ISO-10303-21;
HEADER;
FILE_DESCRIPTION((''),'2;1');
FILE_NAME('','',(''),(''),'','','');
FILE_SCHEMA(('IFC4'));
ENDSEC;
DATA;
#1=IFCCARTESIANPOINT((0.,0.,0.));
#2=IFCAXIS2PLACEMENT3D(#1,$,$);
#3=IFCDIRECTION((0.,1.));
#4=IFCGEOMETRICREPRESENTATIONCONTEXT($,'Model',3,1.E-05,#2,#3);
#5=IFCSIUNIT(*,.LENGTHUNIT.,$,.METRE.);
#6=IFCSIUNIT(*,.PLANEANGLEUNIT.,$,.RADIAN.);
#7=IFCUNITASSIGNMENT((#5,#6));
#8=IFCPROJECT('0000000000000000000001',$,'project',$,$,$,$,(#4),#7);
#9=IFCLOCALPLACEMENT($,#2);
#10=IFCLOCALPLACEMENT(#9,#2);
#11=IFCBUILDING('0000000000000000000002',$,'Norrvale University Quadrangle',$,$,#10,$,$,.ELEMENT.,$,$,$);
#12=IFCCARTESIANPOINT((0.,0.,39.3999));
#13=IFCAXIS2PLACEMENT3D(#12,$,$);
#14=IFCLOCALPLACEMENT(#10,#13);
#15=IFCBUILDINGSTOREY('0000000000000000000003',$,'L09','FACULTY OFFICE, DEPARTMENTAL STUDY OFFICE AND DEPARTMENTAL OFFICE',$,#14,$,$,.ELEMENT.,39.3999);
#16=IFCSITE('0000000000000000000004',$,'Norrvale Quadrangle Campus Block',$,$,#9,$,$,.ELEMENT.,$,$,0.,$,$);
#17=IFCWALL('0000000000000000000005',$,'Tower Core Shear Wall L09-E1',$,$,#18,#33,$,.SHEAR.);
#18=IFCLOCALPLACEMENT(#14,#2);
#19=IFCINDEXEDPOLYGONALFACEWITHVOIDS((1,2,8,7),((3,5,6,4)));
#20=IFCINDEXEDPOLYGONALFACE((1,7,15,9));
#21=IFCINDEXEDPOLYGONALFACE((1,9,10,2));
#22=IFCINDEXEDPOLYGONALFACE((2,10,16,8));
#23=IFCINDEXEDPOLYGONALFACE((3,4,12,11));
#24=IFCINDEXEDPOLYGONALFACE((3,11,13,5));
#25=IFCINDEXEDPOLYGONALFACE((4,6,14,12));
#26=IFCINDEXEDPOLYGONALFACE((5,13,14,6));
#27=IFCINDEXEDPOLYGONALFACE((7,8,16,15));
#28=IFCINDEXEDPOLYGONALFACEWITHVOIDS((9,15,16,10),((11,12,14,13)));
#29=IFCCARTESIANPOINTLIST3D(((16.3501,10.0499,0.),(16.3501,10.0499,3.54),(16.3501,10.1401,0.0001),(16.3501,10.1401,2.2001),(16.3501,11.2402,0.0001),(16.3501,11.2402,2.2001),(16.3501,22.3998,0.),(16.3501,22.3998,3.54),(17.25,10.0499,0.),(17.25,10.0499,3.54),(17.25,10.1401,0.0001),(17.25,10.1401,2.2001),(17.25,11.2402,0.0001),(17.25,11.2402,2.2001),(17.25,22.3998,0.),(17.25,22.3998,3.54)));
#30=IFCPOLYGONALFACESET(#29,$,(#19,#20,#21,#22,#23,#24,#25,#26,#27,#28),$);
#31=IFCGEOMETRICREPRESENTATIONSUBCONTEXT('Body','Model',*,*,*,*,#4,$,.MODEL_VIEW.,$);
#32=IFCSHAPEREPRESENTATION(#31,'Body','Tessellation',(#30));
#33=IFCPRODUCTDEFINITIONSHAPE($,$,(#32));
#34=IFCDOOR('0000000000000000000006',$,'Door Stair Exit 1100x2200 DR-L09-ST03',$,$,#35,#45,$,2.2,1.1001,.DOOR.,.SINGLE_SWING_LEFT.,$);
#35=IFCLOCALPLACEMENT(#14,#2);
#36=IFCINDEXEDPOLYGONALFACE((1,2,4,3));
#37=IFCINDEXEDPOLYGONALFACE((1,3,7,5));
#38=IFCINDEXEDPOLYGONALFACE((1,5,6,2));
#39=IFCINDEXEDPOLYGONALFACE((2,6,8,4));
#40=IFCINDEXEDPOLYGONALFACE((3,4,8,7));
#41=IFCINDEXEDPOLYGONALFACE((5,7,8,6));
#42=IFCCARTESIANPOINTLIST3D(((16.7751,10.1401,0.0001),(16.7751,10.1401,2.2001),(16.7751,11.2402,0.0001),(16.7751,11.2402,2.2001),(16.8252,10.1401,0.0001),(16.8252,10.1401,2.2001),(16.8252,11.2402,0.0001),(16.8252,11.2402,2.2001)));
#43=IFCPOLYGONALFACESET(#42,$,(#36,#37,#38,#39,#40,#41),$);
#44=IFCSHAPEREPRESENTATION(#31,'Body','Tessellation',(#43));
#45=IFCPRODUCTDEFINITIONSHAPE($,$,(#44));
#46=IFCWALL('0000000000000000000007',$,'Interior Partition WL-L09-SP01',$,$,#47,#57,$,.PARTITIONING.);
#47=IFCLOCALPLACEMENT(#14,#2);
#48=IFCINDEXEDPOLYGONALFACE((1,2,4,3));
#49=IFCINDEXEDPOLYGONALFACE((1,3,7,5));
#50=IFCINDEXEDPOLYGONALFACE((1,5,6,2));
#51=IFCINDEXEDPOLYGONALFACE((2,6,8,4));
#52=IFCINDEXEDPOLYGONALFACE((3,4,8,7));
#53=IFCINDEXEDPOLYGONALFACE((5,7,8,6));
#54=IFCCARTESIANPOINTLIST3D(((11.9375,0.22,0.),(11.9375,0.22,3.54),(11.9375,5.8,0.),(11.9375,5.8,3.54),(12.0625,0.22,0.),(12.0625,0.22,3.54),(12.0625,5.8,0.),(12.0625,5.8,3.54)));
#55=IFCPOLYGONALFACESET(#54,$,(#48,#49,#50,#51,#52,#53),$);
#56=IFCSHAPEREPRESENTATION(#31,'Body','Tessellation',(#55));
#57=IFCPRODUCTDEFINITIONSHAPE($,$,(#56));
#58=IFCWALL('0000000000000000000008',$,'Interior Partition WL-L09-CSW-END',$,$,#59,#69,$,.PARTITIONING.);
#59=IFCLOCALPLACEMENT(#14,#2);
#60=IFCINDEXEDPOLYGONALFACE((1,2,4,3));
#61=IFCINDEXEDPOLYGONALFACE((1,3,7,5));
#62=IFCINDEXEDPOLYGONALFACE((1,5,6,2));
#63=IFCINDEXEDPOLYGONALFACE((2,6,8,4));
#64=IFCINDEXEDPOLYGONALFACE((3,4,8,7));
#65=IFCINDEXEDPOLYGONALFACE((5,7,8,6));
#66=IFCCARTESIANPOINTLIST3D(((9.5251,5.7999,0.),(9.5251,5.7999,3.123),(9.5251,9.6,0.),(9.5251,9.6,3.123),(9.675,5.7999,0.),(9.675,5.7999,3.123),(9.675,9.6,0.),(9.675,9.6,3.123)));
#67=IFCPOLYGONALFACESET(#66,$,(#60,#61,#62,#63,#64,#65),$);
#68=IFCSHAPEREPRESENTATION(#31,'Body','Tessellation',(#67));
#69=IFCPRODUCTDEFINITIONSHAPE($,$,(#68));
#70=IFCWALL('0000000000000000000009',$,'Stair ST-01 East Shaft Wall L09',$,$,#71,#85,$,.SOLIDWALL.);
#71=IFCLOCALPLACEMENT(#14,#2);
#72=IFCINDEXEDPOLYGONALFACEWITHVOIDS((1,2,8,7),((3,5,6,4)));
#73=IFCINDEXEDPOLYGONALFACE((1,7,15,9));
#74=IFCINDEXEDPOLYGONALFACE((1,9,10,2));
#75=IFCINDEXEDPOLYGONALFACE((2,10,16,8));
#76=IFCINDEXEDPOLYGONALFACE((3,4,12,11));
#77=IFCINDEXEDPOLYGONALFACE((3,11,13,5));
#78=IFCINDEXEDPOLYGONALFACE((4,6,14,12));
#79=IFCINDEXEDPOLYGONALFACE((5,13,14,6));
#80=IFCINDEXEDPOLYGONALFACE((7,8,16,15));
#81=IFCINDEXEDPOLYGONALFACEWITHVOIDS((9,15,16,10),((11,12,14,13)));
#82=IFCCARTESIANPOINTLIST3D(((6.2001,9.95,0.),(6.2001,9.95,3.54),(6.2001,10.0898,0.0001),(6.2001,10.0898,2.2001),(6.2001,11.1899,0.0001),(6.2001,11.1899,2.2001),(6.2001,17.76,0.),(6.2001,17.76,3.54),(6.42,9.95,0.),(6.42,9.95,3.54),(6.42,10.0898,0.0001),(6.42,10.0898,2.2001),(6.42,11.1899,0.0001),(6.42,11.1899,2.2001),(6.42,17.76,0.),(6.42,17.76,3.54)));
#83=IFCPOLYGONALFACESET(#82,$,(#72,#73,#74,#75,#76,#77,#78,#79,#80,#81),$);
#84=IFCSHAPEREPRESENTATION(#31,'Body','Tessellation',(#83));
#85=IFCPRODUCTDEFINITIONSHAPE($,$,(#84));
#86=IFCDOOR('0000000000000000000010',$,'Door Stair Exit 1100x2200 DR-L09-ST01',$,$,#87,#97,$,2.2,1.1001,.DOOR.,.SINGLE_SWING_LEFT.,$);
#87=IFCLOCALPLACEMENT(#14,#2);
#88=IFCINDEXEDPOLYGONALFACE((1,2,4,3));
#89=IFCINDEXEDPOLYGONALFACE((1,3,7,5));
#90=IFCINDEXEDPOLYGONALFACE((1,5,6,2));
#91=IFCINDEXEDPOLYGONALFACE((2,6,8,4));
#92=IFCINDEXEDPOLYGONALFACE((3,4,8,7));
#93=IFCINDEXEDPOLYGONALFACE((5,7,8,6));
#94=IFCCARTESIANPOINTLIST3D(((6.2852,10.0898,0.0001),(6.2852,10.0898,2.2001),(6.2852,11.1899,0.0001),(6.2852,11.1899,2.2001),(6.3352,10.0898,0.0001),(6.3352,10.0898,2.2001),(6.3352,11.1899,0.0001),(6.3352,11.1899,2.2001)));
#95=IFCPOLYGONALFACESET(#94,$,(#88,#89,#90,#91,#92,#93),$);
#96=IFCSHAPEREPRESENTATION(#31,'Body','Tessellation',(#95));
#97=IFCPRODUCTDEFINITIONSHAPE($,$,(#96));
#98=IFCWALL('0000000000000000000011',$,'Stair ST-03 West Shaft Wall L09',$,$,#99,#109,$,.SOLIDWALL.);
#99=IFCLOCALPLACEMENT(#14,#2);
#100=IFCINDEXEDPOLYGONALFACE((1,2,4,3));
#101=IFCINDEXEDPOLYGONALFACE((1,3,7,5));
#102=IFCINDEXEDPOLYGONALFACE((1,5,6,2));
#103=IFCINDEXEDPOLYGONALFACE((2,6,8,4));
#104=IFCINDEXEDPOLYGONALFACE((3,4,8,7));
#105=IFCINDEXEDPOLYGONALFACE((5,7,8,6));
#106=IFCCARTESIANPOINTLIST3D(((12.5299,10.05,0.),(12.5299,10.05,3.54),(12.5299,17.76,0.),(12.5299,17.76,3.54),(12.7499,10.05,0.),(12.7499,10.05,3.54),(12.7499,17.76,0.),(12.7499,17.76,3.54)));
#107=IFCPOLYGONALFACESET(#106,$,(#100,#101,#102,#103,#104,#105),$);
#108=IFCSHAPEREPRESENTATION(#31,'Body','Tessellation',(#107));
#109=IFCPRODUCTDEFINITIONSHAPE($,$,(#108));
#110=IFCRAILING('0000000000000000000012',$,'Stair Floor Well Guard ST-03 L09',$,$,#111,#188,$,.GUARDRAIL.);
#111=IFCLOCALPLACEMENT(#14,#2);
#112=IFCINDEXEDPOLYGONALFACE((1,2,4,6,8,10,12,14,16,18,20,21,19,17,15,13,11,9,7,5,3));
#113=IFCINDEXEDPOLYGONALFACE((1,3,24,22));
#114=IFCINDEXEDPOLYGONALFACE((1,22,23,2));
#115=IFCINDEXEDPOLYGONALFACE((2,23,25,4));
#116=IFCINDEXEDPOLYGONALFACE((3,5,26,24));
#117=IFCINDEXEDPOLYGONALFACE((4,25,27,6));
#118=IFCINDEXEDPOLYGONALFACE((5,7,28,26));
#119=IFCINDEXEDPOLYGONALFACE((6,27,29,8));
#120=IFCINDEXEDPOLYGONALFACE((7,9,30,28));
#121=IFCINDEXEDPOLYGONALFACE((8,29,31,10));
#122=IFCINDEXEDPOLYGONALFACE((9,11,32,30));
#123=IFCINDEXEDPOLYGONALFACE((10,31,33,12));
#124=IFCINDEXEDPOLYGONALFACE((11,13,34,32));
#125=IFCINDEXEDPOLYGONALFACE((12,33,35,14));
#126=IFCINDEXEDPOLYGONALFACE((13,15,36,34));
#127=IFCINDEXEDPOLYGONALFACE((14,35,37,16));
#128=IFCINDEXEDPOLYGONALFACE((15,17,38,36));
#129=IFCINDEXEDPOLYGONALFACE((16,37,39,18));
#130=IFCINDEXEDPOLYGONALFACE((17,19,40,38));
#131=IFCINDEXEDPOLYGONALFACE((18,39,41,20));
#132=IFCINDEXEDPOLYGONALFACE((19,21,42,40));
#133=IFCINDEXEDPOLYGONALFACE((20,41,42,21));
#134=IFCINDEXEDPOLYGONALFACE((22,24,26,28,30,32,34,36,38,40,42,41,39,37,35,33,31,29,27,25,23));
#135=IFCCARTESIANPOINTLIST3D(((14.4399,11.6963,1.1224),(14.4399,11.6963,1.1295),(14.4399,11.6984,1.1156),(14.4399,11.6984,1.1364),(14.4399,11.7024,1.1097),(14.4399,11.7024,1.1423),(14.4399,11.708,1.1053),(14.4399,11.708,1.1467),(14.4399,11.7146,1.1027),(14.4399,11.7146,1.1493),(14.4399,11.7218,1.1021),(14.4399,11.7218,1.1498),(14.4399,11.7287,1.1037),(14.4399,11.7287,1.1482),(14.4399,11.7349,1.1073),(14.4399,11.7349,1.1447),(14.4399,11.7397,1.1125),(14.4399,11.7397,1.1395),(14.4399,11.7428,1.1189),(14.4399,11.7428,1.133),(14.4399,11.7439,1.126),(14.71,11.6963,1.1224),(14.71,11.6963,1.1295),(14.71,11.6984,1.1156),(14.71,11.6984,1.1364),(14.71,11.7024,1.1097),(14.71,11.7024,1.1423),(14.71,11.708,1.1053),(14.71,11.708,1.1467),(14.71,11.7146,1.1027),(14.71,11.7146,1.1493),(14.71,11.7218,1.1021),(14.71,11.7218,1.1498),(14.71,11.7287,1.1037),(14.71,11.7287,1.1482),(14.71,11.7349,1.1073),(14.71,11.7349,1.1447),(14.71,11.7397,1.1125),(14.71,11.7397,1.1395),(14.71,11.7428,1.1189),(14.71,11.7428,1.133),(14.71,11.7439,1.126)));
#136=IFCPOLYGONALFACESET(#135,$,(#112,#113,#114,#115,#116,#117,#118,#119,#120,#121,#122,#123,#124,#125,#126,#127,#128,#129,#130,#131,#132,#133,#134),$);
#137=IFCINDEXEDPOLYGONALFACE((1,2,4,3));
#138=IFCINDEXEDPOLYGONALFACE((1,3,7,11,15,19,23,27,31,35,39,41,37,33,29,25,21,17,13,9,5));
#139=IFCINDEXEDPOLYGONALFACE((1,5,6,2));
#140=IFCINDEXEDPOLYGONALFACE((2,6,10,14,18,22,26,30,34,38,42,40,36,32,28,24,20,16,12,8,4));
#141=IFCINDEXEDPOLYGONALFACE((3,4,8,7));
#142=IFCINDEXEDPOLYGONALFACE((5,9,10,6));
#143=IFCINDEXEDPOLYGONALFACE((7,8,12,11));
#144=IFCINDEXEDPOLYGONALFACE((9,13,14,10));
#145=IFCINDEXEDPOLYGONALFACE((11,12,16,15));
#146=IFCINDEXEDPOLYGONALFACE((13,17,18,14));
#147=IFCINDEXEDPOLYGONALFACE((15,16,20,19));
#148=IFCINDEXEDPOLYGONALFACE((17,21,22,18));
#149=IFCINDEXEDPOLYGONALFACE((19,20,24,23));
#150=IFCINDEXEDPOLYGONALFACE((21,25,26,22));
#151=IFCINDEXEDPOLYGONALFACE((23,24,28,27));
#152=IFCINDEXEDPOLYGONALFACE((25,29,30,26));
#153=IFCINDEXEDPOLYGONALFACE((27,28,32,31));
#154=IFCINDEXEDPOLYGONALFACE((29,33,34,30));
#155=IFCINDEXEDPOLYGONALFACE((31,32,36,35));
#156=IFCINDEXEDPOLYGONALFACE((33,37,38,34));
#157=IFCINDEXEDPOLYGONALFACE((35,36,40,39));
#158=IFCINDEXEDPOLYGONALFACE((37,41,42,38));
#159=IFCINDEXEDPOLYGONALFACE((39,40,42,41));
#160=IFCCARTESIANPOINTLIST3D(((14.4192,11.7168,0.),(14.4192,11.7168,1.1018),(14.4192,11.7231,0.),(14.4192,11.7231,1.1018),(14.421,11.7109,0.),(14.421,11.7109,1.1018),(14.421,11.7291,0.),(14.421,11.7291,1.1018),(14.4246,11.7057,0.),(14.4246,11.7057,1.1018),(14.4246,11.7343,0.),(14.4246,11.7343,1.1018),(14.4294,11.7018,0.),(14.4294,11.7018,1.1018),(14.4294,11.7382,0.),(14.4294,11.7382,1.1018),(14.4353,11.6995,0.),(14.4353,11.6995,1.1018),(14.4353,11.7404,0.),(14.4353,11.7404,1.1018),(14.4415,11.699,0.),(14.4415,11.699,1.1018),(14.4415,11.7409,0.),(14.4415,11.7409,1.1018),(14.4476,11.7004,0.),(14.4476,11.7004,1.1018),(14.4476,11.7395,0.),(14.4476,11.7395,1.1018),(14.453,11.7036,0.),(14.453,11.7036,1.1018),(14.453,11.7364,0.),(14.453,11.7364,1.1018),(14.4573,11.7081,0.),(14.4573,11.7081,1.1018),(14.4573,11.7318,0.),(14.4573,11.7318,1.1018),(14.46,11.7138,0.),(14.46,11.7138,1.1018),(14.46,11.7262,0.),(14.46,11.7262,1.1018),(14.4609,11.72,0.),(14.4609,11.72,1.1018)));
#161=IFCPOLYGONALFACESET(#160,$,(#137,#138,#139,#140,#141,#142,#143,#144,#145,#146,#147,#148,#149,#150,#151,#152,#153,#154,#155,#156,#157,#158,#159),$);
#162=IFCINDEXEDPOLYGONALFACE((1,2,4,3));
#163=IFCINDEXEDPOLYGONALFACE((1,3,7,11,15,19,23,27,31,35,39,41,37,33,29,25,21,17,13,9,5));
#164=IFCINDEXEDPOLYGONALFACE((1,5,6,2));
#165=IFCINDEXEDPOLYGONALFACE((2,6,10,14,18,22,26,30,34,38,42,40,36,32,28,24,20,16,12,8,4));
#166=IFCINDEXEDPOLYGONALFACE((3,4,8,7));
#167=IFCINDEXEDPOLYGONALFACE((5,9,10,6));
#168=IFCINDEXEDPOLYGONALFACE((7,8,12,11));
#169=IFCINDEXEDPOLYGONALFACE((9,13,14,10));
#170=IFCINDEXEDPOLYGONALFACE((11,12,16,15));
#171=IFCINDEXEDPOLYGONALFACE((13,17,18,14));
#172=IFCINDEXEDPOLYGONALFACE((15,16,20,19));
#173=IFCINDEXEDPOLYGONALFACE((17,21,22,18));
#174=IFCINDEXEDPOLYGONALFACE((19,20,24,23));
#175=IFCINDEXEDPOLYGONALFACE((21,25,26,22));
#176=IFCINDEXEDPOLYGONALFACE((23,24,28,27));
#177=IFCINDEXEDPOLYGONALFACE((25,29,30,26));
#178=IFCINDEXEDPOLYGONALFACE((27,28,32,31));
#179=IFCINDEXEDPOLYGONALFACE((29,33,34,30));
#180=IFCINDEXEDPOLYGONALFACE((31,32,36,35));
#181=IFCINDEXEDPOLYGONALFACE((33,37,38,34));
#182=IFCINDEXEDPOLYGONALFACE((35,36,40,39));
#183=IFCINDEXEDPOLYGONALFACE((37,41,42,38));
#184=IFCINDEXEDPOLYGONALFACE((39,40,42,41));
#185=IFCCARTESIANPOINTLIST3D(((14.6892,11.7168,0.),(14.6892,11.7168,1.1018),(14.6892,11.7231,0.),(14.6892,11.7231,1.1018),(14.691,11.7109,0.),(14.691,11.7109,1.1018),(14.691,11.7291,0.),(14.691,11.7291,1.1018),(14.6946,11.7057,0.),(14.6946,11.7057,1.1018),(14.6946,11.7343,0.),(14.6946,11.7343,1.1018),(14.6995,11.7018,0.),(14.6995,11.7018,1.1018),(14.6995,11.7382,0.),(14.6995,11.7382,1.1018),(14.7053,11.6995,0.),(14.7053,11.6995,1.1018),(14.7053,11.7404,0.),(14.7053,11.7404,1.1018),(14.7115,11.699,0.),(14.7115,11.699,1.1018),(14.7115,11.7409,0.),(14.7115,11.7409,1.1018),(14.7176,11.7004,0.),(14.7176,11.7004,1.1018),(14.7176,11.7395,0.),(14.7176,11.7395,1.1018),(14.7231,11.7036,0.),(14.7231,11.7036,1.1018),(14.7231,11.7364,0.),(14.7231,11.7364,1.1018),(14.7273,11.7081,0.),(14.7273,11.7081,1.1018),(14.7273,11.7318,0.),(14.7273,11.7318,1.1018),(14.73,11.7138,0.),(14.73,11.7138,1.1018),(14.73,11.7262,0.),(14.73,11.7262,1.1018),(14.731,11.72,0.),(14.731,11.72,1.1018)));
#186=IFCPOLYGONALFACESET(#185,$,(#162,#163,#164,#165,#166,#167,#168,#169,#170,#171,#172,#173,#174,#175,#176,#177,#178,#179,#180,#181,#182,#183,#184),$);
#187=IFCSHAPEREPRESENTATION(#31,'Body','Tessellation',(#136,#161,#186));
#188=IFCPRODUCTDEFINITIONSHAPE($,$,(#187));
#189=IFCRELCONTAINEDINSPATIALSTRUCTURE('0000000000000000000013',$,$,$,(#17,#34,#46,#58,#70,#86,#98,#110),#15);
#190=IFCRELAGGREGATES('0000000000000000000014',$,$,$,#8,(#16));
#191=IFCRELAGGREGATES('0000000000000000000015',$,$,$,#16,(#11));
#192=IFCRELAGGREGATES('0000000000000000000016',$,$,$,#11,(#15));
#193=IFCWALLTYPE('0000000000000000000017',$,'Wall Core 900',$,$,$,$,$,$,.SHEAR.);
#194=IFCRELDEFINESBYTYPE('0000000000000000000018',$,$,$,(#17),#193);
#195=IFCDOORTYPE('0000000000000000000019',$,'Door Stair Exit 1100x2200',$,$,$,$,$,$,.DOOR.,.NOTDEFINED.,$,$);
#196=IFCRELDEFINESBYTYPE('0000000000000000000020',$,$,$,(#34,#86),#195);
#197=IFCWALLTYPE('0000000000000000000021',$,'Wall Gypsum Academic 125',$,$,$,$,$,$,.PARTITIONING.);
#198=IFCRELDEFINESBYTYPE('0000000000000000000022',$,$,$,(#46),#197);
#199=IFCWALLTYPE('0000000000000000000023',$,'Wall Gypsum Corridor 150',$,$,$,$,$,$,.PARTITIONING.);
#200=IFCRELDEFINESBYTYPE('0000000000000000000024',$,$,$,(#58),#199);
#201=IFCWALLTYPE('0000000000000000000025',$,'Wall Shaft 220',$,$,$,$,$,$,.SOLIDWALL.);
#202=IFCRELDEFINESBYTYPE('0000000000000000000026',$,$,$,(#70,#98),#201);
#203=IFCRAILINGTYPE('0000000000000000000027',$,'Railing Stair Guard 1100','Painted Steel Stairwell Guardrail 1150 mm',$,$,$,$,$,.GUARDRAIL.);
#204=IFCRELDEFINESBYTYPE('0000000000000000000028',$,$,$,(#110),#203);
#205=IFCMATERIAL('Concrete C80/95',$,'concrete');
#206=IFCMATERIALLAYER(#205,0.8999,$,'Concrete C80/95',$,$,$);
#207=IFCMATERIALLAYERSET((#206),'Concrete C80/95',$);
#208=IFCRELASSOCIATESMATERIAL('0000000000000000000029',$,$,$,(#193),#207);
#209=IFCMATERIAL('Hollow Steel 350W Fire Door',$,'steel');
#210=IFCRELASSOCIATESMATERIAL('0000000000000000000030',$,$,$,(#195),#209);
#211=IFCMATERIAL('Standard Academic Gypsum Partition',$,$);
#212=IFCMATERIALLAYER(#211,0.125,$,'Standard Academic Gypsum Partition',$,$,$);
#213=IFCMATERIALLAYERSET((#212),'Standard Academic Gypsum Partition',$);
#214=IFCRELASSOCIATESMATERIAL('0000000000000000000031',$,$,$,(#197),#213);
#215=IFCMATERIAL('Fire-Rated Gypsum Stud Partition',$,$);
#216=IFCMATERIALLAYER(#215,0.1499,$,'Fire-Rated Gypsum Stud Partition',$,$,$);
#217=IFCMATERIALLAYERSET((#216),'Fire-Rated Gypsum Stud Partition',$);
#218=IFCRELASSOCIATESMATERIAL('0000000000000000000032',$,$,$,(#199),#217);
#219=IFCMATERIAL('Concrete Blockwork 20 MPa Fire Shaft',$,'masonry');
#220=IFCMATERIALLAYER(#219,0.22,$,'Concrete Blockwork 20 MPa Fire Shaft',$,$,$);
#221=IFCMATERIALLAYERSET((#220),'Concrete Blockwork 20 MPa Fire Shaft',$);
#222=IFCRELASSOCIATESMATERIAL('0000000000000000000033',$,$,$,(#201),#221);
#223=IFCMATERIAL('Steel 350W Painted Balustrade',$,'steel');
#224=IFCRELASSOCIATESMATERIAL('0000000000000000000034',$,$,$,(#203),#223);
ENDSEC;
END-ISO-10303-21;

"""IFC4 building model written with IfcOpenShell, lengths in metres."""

from ifc_helpers import new_model, si_unit, direction, frame, frame_2d, origin, origin_2d, place, context, subcontext, project, spatial, rectangle, circle, extrude, material, layer, layer_set, type_object, element, fill, save


model = new_model("IFC4")

# Units and contexts
model_context = context("Model", 3, precision=1e-05, world=origin(), true_north=direction((0.0, 1.0)))
body_context = subcontext(model_context, "Body", "Model", "MODEL_VIEW")
ifc_project = project(units=[si_unit("LENGTHUNIT", "METRE"), si_unit("PLANEANGLEUNIT", "RADIAN")], contexts=[model_context])

# Site, building, storey
site_placement = place(None, origin())
site = spatial("IfcSite", under=ifc_project, at=site_placement, Name="Norrvale Quadrangle Campus Block", CompositionType="ELEMENT", RefElevation=0.0)
building_placement = place(site_placement, origin())
building = spatial("IfcBuilding", under=site, at=building_placement, Name="Norrvale University Quadrangle", CompositionType="ELEMENT")
storey_placement = place(building_placement, frame((0.0, 0.0, 39.3999)))
storey = spatial("IfcBuildingStorey", under=building, at=storey_placement, Name="L09", Description="FACULTY OFFICE, DEPARTMENTAL STUDY OFFICE AND DEPARTMENTAL OFFICE", CompositionType="ELEMENT", Elevation=39.3999)

# Shared definitions
ifc_material_1 = material(Name="Concrete C80/95", Category="concrete")

# Wall, opening, door
ifc_layer_1 = layer(ifc_material_1, 0.8999, Name="Concrete C80/95")
ifc_layer_set_1 = layer_set([ifc_layer_1], Name="Concrete C80/95")
wall_type_1 = type_object("IfcWallType", Name="Wall Core 900", PredefinedType="SHEAR", material=ifc_layer_set_1)
wall_1_placement = place(storey_placement, frame((16.8, 10.05, 0.0), z_axis=(0.0, 0.0, 1.0), x_axis=(0.0, 1.0, 0.0)))
wall_1 = element("IfcWall", 1, at=wall_1_placement, inside=storey, type_object=wall_type_1, Name="Tower Core Shear Wall L09-E1", PredefinedType="SHEAR", context=body_context, shape_type="SweptSolid", body=[
    extrude(rectangle(XDim=12.3499, YDim=0.8999, at=frame_2d((6.1748, 0.0))), origin(), (0.0, 0.0, 1.0), 3.54),
])
opening_1_placement = place(wall_1_placement, frame((0.0901, 0.0, 0.0)))
opening_1 = element("IfcOpeningElement", 2, at=opening_1_placement, cuts=wall_1, PredefinedType="OPENING", context=body_context, shape_type="SweptSolid", body=[
    extrude(rectangle(XDim=1.1001, YDim=2.2, at=frame_2d((0.55, 1.1001))), frame((0.0, 0.4619, 0.0), z_axis=(0.0, -1.0, 0.0), x_axis=(1.0, 0.0, 0.0)), (0.0, 0.0, 1.0), 0.9238),
])
ifc_material_2 = material(Name="Hollow Steel 350W Fire Door", Category="steel")
door_type = type_object("IfcDoorType", Name="Door Stair Exit 1100x2200", OperationType="NOTDEFINED", PredefinedType="DOOR", material=ifc_material_2)
door_1_placement = place(opening_1_placement, origin())
door_1 = element("IfcDoor", 3, at=door_1_placement, inside=storey, type_object=door_type, Name="Door Stair Exit 1100x2200 DR-L09-ST03", OperationType="SINGLE_SWING_LEFT", OverallHeight=2.2, OverallWidth=1.1001, PredefinedType="DOOR", context=body_context, shape_type="SweptSolid", body=[
    extrude(rectangle(XDim=1.1001, YDim=2.2, at=frame_2d((0.55, 1.1001))), frame((0.0, 0.0249, 0.0), z_axis=(0.0, -1.0, 0.0), x_axis=(1.0, 0.0, 0.0)), (0.0, 0.0, 1.0), 0.05),
])
fill(opening_1, door_1)

# Walls
ifc_material_3 = material(Name="Standard Academic Gypsum Partition")
ifc_layer_2 = layer(ifc_material_3, 0.125, Name="Standard Academic Gypsum Partition")
ifc_layer_set_2 = layer_set([ifc_layer_2], Name="Standard Academic Gypsum Partition")
wall_type_2 = type_object("IfcWallType", Name="Wall Gypsum Academic 125", PredefinedType="PARTITIONING", material=ifc_layer_set_2)
wall_2_placement = place(storey_placement, frame((12.0, 0.22, 0.0), z_axis=(0.0, 0.0, 1.0), x_axis=(0.0, 1.0, 0.0)))
element("IfcWall", 4, at=wall_2_placement, inside=storey, type_object=wall_type_2, Name="Interior Partition WL-L09-SP01", PredefinedType="PARTITIONING", context=body_context, shape_type="SweptSolid", body=[
    extrude(rectangle(XDim=5.5801, YDim=0.125, at=frame_2d((2.79, 0.0))), origin(), (0.0, 0.0, 1.0), 3.54),
])
ifc_material_4 = material(Name="Fire-Rated Gypsum Stud Partition")
ifc_layer_3 = layer(ifc_material_4, 0.1499, Name="Fire-Rated Gypsum Stud Partition")
ifc_layer_set_3 = layer_set([ifc_layer_3], Name="Fire-Rated Gypsum Stud Partition")
wall_type_3 = type_object("IfcWallType", Name="Wall Gypsum Corridor 150", PredefinedType="PARTITIONING", material=ifc_layer_set_3)
wall_3_placement = place(storey_placement, frame((9.6001, 5.8, 0.0), z_axis=(0.0, 0.0, 1.0), x_axis=(0.0, 1.0, 0.0)))
element("IfcWall", 5, at=wall_3_placement, inside=storey, type_object=wall_type_3, Name="Interior Partition WL-L09-CSW-END", PredefinedType="PARTITIONING", context=body_context, shape_type="SweptSolid", body=[
    extrude(rectangle(XDim=3.8, YDim=0.1499, at=frame_2d((1.8999, 0.0))), origin(), (0.0, 0.0, 1.0), 3.123),
])

# Wall, opening, door
ifc_material_5 = material(Name="Concrete Blockwork 20 MPa Fire Shaft", Category="masonry")
ifc_layer_4 = layer(ifc_material_5, 0.22, Name="Concrete Blockwork 20 MPa Fire Shaft")
ifc_layer_set_4 = layer_set([ifc_layer_4], Name="Concrete Blockwork 20 MPa Fire Shaft")
wall_type_4 = type_object("IfcWallType", Name="Wall Shaft 220", PredefinedType="SOLIDWALL", material=ifc_layer_set_4)
wall_4_placement = place(storey_placement, frame((6.3101, 9.95, 0.0), z_axis=(0.0, 0.0, 1.0), x_axis=(0.0, 1.0, 0.0)))
wall_4 = element("IfcWall", 6, at=wall_4_placement, inside=storey, type_object=wall_type_4, Name="Stair ST-01 East Shaft Wall L09", PredefinedType="SOLIDWALL", context=body_context, shape_type="SweptSolid", body=[
    extrude(rectangle(XDim=7.8101, YDim=0.22, at=frame_2d((3.905, 0.0))), origin(), (0.0, 0.0, 1.0), 3.54),
])
opening_2_placement = place(wall_4_placement, frame((0.1399, 0.0, 0.0)))
opening_2 = element("IfcOpeningElement", 7, at=opening_2_placement, cuts=wall_4, PredefinedType="OPENING", context=body_context, shape_type="SweptSolid", body=[
    extrude(rectangle(XDim=1.1001, YDim=2.2, at=frame_2d((0.55, 1.1001))), frame((0.0, 0.1221, 0.0), z_axis=(0.0, -1.0, 0.0), x_axis=(1.0, 0.0, 0.0)), (0.0, 0.0, 1.0), 0.2439),
])
door_2_placement = place(opening_2_placement, origin())
door_2 = element("IfcDoor", 8, at=door_2_placement, inside=storey, type_object=door_type, Name="Door Stair Exit 1100x2200 DR-L09-ST01", OperationType="SINGLE_SWING_LEFT", OverallHeight=2.2, OverallWidth=1.1001, PredefinedType="DOOR", context=body_context, shape_type="SweptSolid", body=[
    extrude(rectangle(XDim=1.1001, YDim=2.2, at=frame_2d((0.55, 1.1001))), frame((0.0, 0.0249, 0.0), z_axis=(0.0, -1.0, 0.0), x_axis=(1.0, 0.0, 0.0)), (0.0, 0.0, 1.0), 0.05),
])
fill(opening_2, door_2)

# Wall
wall_5_placement = place(storey_placement, frame((12.6399, 10.05, 0.0), z_axis=(0.0, 0.0, 1.0), x_axis=(0.0, 1.0, 0.0)))
element("IfcWall", 9, at=wall_5_placement, inside=storey, type_object=wall_type_4, Name="Stair ST-03 West Shaft Wall L09", PredefinedType="SOLIDWALL", context=body_context, shape_type="SweptSolid", body=[
    extrude(rectangle(XDim=7.71, YDim=0.22, at=frame_2d((3.855, 0.0))), origin(), (0.0, 0.0, 1.0), 3.54),
])

# Railing
ifc_material_6 = material(Name="Steel 350W Painted Balustrade", Category="steel")
railing_type = type_object("IfcRailingType", Name="Railing Stair Guard 1100", Description="Painted Steel Stairwell Guardrail 1150 mm", PredefinedType="GUARDRAIL", material=ifc_material_6)
railing_placement = place(storey_placement, frame((14.4399, 11.72, 0.0)))
element("IfcRailing", 10, at=railing_placement, inside=storey, type_object=railing_type, Name="Stair Floor Well Guard ST-03 L09", PredefinedType="GUARDRAIL", context=body_context, shape_type="SweptSolid", body=[
    extrude(circle(Radius=0.0239, at=origin_2d()), frame((0.0, 0.0, 1.126), z_axis=(1.0, 0.0, 0.0), x_axis=(0.0, 1.0, 0.0)), (0.0, 0.0, 1.0), 0.27),
    extrude(circle(Radius=0.021, at=origin_2d()), origin(), (0.0, 0.0, 1.0), 1.1018),
    extrude(circle(Radius=0.021, at=origin_2d()), frame((0.27, 0.0, 0.0)), (0.0, 0.0, 1.0), 1.1018),
])

save(model, "model.ifc")
